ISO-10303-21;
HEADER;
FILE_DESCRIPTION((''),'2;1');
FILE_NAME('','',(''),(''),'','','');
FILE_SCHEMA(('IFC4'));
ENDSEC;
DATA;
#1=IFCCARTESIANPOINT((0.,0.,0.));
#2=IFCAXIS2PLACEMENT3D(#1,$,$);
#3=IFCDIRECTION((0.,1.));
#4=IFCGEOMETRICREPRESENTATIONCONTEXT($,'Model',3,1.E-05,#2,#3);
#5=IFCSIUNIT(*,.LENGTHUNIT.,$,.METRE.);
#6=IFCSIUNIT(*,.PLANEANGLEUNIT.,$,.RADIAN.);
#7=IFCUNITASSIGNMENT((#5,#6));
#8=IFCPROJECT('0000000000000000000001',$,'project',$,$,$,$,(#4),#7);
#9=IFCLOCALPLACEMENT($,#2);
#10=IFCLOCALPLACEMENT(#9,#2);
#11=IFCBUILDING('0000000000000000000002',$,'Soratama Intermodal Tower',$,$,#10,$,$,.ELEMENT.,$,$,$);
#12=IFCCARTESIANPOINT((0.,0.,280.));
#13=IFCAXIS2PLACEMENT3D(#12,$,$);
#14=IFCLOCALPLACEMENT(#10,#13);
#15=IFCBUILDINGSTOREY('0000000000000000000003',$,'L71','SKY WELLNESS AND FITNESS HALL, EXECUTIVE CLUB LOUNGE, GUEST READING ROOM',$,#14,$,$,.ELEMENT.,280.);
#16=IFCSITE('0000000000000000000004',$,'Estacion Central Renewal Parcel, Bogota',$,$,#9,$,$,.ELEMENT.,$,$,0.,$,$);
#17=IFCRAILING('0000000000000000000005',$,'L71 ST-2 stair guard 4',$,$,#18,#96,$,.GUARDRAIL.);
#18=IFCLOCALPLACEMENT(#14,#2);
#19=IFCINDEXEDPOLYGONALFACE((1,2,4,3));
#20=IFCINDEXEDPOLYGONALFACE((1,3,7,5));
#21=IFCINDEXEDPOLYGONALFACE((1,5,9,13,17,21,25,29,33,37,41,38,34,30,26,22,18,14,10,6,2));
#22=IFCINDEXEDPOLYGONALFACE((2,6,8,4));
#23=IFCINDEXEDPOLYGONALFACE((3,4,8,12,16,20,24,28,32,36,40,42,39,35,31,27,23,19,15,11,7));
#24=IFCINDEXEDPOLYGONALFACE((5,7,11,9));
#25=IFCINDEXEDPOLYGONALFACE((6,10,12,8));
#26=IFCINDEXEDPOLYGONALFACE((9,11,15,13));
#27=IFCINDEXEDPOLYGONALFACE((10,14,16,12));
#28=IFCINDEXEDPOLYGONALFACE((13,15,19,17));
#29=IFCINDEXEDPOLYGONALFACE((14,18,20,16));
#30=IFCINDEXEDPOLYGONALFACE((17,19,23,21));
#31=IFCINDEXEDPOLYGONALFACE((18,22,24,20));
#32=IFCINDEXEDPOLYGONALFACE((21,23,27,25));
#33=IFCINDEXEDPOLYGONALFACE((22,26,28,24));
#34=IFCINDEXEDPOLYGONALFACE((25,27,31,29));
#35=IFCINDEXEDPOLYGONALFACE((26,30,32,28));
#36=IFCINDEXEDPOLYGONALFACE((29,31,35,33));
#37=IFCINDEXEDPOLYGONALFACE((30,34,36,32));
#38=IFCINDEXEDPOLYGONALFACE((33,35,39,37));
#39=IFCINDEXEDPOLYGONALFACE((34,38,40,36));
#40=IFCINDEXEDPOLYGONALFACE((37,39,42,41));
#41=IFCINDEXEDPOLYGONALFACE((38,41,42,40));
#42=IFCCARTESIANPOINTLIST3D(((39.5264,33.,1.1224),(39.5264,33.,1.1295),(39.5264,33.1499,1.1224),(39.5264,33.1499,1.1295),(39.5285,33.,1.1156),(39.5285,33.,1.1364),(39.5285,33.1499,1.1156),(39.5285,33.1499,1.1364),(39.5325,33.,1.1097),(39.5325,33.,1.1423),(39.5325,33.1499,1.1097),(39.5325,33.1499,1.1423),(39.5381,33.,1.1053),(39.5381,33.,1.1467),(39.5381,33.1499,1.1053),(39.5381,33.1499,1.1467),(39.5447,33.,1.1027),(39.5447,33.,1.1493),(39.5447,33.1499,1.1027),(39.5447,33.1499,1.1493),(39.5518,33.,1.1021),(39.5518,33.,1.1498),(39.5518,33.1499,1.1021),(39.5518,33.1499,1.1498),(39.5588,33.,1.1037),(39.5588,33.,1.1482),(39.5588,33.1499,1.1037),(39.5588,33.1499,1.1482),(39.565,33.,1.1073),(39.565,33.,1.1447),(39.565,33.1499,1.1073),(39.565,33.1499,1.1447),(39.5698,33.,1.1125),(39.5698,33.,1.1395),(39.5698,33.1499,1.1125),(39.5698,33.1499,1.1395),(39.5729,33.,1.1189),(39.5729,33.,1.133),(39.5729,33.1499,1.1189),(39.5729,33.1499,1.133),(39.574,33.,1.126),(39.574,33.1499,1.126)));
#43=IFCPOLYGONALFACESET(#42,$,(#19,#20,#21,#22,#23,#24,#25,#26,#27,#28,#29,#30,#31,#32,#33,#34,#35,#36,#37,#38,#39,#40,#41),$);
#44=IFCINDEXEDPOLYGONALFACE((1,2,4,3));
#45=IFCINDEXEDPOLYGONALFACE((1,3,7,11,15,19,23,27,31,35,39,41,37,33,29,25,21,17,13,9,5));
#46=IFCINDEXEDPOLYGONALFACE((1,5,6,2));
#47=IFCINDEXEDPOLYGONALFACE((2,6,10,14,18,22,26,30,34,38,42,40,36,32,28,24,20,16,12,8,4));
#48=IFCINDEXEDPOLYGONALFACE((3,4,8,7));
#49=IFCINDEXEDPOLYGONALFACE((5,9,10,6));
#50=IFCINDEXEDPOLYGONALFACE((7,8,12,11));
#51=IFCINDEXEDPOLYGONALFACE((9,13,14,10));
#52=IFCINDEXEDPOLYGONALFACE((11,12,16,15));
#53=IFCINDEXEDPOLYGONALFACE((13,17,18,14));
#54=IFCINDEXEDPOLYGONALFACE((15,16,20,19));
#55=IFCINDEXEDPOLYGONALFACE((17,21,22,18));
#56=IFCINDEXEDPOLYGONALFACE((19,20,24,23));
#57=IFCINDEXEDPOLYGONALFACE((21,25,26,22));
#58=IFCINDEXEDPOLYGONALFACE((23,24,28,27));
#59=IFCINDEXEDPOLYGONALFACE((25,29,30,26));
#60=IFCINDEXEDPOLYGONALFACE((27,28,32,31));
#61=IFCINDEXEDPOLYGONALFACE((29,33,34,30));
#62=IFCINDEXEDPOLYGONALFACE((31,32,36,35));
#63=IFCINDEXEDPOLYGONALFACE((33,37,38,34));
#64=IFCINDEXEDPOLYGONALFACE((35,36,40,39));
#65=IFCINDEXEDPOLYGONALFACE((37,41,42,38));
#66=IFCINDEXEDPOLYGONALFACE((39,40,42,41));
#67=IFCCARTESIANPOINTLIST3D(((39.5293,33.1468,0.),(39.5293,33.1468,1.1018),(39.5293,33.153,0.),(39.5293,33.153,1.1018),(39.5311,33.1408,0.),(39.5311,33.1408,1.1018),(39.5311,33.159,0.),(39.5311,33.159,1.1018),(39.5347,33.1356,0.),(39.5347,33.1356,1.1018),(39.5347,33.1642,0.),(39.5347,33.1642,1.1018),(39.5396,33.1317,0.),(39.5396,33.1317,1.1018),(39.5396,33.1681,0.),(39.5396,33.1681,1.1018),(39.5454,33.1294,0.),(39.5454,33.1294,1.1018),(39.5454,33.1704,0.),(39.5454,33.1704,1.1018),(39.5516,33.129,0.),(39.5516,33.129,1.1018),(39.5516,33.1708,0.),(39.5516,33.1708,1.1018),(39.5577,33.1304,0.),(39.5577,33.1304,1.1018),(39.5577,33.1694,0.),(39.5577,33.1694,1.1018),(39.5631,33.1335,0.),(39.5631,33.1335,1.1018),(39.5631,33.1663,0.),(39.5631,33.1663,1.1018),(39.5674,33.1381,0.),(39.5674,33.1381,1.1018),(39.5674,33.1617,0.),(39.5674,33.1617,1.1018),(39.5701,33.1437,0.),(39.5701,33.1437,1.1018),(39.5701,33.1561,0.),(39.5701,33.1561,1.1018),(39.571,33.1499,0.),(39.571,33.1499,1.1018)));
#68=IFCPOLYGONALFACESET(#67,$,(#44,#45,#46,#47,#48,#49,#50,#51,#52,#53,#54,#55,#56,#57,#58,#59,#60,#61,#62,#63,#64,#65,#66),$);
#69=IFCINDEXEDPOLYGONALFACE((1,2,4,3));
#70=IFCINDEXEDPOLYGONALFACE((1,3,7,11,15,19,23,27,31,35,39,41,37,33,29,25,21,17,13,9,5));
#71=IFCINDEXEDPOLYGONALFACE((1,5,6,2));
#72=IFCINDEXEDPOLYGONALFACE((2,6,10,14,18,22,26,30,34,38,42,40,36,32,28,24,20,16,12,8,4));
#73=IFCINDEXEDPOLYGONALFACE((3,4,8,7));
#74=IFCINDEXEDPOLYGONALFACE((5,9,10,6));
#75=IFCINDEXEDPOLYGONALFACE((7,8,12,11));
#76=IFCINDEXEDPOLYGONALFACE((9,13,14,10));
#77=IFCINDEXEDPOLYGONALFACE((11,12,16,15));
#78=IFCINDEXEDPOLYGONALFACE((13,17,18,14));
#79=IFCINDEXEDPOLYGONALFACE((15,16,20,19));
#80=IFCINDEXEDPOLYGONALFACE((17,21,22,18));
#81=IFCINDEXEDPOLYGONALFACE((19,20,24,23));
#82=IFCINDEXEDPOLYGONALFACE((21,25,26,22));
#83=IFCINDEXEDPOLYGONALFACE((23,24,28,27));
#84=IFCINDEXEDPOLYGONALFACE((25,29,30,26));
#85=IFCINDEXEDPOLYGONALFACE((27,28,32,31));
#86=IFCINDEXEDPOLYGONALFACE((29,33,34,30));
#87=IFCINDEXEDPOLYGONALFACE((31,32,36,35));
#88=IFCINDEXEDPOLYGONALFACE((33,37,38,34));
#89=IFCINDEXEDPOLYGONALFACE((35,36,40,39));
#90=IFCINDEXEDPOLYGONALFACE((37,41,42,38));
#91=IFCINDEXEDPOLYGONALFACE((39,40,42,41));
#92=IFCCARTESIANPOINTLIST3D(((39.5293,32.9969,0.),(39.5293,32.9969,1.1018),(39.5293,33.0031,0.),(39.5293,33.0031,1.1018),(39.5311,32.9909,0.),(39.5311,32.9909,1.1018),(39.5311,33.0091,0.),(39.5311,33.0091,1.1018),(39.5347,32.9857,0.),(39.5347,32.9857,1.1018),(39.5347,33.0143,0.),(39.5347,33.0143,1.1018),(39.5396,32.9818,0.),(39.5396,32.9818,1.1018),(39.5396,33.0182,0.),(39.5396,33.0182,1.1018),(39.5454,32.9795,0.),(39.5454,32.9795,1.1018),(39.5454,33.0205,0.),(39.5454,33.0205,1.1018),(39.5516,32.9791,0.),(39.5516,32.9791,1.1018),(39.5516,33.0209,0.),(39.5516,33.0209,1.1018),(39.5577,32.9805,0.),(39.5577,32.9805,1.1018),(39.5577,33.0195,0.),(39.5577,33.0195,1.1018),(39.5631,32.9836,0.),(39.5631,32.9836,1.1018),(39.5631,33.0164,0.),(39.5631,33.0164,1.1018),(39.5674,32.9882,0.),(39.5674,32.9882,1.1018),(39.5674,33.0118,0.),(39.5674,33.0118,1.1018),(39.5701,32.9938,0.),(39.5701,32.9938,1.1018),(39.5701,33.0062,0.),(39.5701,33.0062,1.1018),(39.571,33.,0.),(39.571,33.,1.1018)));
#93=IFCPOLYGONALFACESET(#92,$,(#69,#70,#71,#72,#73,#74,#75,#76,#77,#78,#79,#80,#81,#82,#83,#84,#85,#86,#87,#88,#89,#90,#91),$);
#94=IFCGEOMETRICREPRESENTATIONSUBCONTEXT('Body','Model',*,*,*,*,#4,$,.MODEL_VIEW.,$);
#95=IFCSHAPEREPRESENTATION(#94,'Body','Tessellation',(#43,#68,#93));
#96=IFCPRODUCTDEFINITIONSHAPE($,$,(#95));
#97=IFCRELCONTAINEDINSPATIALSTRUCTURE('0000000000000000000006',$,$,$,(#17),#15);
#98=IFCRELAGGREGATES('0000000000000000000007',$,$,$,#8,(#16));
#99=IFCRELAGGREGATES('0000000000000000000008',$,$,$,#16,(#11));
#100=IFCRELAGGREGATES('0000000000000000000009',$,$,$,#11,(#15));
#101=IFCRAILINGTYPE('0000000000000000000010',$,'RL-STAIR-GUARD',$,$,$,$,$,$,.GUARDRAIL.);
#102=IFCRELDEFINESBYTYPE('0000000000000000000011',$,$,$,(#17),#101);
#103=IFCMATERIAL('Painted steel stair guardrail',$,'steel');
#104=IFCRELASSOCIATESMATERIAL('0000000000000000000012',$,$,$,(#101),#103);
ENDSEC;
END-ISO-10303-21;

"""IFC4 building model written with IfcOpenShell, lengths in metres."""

from ifc_helpers import new_model, si_unit, direction, frame, origin, origin_2d, place, context, subcontext, project, spatial, circle, extrude, material, type_object, element, save


model = new_model("IFC4")

# Units and contexts
model_context = context("Model", 3, precision=1e-05, world=origin(), true_north=direction((0.0, 1.0)))
body_context = subcontext(model_context, "Body", "Model", "MODEL_VIEW")
ifc_project = project(units=[si_unit("LENGTHUNIT", "METRE"), si_unit("PLANEANGLEUNIT", "RADIAN")], contexts=[model_context])

# Site, building, storey
site_placement = place(None, origin())
site = spatial("IfcSite", under=ifc_project, at=site_placement, Name="Estacion Central Renewal Parcel, Bogota", CompositionType="ELEMENT", RefElevation=0.0)
building_placement = place(site_placement, origin())
building = spatial("IfcBuilding", under=site, at=building_placement, Name="Soratama Intermodal Tower", CompositionType="ELEMENT")
storey_placement = place(building_placement, frame((0.0, 0.0, 280.0)))
storey = spatial("IfcBuildingStorey", under=building, at=storey_placement, Name="L71", Description="SKY WELLNESS AND FITNESS HALL, EXECUTIVE CLUB LOUNGE, GUEST READING ROOM", CompositionType="ELEMENT", Elevation=280.0)

# Railing
ifc_material_1 = material(Name="Painted steel stair guardrail", Category="steel")
railing_type = type_object("IfcRailingType", Name="RL-STAIR-GUARD", PredefinedType="GUARDRAIL", material=ifc_material_1)
railing_placement = place(storey_placement, frame((39.55, 33.1499, 0.0)))
element("IfcRailing", 1, at=railing_placement, inside=storey, type_object=railing_type, Name="L71 ST-2 stair guard 4", PredefinedType="GUARDRAIL", context=body_context, shape_type="SweptSolid", body=[
    extrude(circle(Radius=0.0239, at=origin_2d()), frame((0.0, 0.0, 1.126), z_axis=(0.0, -1.0, 0.0), x_axis=(1.0, 0.0, 0.0)), (0.0, 0.0, 1.0), 0.1499),
    extrude(circle(Radius=0.021, at=origin_2d()), origin(), (0.0, 0.0, 1.0), 1.1018),
    extrude(circle(Radius=0.021, at=origin_2d()), frame((0.0, -0.1499, 0.0)), (0.0, 0.0, 1.0), 1.1018),
])

save(model, "model.ifc")
